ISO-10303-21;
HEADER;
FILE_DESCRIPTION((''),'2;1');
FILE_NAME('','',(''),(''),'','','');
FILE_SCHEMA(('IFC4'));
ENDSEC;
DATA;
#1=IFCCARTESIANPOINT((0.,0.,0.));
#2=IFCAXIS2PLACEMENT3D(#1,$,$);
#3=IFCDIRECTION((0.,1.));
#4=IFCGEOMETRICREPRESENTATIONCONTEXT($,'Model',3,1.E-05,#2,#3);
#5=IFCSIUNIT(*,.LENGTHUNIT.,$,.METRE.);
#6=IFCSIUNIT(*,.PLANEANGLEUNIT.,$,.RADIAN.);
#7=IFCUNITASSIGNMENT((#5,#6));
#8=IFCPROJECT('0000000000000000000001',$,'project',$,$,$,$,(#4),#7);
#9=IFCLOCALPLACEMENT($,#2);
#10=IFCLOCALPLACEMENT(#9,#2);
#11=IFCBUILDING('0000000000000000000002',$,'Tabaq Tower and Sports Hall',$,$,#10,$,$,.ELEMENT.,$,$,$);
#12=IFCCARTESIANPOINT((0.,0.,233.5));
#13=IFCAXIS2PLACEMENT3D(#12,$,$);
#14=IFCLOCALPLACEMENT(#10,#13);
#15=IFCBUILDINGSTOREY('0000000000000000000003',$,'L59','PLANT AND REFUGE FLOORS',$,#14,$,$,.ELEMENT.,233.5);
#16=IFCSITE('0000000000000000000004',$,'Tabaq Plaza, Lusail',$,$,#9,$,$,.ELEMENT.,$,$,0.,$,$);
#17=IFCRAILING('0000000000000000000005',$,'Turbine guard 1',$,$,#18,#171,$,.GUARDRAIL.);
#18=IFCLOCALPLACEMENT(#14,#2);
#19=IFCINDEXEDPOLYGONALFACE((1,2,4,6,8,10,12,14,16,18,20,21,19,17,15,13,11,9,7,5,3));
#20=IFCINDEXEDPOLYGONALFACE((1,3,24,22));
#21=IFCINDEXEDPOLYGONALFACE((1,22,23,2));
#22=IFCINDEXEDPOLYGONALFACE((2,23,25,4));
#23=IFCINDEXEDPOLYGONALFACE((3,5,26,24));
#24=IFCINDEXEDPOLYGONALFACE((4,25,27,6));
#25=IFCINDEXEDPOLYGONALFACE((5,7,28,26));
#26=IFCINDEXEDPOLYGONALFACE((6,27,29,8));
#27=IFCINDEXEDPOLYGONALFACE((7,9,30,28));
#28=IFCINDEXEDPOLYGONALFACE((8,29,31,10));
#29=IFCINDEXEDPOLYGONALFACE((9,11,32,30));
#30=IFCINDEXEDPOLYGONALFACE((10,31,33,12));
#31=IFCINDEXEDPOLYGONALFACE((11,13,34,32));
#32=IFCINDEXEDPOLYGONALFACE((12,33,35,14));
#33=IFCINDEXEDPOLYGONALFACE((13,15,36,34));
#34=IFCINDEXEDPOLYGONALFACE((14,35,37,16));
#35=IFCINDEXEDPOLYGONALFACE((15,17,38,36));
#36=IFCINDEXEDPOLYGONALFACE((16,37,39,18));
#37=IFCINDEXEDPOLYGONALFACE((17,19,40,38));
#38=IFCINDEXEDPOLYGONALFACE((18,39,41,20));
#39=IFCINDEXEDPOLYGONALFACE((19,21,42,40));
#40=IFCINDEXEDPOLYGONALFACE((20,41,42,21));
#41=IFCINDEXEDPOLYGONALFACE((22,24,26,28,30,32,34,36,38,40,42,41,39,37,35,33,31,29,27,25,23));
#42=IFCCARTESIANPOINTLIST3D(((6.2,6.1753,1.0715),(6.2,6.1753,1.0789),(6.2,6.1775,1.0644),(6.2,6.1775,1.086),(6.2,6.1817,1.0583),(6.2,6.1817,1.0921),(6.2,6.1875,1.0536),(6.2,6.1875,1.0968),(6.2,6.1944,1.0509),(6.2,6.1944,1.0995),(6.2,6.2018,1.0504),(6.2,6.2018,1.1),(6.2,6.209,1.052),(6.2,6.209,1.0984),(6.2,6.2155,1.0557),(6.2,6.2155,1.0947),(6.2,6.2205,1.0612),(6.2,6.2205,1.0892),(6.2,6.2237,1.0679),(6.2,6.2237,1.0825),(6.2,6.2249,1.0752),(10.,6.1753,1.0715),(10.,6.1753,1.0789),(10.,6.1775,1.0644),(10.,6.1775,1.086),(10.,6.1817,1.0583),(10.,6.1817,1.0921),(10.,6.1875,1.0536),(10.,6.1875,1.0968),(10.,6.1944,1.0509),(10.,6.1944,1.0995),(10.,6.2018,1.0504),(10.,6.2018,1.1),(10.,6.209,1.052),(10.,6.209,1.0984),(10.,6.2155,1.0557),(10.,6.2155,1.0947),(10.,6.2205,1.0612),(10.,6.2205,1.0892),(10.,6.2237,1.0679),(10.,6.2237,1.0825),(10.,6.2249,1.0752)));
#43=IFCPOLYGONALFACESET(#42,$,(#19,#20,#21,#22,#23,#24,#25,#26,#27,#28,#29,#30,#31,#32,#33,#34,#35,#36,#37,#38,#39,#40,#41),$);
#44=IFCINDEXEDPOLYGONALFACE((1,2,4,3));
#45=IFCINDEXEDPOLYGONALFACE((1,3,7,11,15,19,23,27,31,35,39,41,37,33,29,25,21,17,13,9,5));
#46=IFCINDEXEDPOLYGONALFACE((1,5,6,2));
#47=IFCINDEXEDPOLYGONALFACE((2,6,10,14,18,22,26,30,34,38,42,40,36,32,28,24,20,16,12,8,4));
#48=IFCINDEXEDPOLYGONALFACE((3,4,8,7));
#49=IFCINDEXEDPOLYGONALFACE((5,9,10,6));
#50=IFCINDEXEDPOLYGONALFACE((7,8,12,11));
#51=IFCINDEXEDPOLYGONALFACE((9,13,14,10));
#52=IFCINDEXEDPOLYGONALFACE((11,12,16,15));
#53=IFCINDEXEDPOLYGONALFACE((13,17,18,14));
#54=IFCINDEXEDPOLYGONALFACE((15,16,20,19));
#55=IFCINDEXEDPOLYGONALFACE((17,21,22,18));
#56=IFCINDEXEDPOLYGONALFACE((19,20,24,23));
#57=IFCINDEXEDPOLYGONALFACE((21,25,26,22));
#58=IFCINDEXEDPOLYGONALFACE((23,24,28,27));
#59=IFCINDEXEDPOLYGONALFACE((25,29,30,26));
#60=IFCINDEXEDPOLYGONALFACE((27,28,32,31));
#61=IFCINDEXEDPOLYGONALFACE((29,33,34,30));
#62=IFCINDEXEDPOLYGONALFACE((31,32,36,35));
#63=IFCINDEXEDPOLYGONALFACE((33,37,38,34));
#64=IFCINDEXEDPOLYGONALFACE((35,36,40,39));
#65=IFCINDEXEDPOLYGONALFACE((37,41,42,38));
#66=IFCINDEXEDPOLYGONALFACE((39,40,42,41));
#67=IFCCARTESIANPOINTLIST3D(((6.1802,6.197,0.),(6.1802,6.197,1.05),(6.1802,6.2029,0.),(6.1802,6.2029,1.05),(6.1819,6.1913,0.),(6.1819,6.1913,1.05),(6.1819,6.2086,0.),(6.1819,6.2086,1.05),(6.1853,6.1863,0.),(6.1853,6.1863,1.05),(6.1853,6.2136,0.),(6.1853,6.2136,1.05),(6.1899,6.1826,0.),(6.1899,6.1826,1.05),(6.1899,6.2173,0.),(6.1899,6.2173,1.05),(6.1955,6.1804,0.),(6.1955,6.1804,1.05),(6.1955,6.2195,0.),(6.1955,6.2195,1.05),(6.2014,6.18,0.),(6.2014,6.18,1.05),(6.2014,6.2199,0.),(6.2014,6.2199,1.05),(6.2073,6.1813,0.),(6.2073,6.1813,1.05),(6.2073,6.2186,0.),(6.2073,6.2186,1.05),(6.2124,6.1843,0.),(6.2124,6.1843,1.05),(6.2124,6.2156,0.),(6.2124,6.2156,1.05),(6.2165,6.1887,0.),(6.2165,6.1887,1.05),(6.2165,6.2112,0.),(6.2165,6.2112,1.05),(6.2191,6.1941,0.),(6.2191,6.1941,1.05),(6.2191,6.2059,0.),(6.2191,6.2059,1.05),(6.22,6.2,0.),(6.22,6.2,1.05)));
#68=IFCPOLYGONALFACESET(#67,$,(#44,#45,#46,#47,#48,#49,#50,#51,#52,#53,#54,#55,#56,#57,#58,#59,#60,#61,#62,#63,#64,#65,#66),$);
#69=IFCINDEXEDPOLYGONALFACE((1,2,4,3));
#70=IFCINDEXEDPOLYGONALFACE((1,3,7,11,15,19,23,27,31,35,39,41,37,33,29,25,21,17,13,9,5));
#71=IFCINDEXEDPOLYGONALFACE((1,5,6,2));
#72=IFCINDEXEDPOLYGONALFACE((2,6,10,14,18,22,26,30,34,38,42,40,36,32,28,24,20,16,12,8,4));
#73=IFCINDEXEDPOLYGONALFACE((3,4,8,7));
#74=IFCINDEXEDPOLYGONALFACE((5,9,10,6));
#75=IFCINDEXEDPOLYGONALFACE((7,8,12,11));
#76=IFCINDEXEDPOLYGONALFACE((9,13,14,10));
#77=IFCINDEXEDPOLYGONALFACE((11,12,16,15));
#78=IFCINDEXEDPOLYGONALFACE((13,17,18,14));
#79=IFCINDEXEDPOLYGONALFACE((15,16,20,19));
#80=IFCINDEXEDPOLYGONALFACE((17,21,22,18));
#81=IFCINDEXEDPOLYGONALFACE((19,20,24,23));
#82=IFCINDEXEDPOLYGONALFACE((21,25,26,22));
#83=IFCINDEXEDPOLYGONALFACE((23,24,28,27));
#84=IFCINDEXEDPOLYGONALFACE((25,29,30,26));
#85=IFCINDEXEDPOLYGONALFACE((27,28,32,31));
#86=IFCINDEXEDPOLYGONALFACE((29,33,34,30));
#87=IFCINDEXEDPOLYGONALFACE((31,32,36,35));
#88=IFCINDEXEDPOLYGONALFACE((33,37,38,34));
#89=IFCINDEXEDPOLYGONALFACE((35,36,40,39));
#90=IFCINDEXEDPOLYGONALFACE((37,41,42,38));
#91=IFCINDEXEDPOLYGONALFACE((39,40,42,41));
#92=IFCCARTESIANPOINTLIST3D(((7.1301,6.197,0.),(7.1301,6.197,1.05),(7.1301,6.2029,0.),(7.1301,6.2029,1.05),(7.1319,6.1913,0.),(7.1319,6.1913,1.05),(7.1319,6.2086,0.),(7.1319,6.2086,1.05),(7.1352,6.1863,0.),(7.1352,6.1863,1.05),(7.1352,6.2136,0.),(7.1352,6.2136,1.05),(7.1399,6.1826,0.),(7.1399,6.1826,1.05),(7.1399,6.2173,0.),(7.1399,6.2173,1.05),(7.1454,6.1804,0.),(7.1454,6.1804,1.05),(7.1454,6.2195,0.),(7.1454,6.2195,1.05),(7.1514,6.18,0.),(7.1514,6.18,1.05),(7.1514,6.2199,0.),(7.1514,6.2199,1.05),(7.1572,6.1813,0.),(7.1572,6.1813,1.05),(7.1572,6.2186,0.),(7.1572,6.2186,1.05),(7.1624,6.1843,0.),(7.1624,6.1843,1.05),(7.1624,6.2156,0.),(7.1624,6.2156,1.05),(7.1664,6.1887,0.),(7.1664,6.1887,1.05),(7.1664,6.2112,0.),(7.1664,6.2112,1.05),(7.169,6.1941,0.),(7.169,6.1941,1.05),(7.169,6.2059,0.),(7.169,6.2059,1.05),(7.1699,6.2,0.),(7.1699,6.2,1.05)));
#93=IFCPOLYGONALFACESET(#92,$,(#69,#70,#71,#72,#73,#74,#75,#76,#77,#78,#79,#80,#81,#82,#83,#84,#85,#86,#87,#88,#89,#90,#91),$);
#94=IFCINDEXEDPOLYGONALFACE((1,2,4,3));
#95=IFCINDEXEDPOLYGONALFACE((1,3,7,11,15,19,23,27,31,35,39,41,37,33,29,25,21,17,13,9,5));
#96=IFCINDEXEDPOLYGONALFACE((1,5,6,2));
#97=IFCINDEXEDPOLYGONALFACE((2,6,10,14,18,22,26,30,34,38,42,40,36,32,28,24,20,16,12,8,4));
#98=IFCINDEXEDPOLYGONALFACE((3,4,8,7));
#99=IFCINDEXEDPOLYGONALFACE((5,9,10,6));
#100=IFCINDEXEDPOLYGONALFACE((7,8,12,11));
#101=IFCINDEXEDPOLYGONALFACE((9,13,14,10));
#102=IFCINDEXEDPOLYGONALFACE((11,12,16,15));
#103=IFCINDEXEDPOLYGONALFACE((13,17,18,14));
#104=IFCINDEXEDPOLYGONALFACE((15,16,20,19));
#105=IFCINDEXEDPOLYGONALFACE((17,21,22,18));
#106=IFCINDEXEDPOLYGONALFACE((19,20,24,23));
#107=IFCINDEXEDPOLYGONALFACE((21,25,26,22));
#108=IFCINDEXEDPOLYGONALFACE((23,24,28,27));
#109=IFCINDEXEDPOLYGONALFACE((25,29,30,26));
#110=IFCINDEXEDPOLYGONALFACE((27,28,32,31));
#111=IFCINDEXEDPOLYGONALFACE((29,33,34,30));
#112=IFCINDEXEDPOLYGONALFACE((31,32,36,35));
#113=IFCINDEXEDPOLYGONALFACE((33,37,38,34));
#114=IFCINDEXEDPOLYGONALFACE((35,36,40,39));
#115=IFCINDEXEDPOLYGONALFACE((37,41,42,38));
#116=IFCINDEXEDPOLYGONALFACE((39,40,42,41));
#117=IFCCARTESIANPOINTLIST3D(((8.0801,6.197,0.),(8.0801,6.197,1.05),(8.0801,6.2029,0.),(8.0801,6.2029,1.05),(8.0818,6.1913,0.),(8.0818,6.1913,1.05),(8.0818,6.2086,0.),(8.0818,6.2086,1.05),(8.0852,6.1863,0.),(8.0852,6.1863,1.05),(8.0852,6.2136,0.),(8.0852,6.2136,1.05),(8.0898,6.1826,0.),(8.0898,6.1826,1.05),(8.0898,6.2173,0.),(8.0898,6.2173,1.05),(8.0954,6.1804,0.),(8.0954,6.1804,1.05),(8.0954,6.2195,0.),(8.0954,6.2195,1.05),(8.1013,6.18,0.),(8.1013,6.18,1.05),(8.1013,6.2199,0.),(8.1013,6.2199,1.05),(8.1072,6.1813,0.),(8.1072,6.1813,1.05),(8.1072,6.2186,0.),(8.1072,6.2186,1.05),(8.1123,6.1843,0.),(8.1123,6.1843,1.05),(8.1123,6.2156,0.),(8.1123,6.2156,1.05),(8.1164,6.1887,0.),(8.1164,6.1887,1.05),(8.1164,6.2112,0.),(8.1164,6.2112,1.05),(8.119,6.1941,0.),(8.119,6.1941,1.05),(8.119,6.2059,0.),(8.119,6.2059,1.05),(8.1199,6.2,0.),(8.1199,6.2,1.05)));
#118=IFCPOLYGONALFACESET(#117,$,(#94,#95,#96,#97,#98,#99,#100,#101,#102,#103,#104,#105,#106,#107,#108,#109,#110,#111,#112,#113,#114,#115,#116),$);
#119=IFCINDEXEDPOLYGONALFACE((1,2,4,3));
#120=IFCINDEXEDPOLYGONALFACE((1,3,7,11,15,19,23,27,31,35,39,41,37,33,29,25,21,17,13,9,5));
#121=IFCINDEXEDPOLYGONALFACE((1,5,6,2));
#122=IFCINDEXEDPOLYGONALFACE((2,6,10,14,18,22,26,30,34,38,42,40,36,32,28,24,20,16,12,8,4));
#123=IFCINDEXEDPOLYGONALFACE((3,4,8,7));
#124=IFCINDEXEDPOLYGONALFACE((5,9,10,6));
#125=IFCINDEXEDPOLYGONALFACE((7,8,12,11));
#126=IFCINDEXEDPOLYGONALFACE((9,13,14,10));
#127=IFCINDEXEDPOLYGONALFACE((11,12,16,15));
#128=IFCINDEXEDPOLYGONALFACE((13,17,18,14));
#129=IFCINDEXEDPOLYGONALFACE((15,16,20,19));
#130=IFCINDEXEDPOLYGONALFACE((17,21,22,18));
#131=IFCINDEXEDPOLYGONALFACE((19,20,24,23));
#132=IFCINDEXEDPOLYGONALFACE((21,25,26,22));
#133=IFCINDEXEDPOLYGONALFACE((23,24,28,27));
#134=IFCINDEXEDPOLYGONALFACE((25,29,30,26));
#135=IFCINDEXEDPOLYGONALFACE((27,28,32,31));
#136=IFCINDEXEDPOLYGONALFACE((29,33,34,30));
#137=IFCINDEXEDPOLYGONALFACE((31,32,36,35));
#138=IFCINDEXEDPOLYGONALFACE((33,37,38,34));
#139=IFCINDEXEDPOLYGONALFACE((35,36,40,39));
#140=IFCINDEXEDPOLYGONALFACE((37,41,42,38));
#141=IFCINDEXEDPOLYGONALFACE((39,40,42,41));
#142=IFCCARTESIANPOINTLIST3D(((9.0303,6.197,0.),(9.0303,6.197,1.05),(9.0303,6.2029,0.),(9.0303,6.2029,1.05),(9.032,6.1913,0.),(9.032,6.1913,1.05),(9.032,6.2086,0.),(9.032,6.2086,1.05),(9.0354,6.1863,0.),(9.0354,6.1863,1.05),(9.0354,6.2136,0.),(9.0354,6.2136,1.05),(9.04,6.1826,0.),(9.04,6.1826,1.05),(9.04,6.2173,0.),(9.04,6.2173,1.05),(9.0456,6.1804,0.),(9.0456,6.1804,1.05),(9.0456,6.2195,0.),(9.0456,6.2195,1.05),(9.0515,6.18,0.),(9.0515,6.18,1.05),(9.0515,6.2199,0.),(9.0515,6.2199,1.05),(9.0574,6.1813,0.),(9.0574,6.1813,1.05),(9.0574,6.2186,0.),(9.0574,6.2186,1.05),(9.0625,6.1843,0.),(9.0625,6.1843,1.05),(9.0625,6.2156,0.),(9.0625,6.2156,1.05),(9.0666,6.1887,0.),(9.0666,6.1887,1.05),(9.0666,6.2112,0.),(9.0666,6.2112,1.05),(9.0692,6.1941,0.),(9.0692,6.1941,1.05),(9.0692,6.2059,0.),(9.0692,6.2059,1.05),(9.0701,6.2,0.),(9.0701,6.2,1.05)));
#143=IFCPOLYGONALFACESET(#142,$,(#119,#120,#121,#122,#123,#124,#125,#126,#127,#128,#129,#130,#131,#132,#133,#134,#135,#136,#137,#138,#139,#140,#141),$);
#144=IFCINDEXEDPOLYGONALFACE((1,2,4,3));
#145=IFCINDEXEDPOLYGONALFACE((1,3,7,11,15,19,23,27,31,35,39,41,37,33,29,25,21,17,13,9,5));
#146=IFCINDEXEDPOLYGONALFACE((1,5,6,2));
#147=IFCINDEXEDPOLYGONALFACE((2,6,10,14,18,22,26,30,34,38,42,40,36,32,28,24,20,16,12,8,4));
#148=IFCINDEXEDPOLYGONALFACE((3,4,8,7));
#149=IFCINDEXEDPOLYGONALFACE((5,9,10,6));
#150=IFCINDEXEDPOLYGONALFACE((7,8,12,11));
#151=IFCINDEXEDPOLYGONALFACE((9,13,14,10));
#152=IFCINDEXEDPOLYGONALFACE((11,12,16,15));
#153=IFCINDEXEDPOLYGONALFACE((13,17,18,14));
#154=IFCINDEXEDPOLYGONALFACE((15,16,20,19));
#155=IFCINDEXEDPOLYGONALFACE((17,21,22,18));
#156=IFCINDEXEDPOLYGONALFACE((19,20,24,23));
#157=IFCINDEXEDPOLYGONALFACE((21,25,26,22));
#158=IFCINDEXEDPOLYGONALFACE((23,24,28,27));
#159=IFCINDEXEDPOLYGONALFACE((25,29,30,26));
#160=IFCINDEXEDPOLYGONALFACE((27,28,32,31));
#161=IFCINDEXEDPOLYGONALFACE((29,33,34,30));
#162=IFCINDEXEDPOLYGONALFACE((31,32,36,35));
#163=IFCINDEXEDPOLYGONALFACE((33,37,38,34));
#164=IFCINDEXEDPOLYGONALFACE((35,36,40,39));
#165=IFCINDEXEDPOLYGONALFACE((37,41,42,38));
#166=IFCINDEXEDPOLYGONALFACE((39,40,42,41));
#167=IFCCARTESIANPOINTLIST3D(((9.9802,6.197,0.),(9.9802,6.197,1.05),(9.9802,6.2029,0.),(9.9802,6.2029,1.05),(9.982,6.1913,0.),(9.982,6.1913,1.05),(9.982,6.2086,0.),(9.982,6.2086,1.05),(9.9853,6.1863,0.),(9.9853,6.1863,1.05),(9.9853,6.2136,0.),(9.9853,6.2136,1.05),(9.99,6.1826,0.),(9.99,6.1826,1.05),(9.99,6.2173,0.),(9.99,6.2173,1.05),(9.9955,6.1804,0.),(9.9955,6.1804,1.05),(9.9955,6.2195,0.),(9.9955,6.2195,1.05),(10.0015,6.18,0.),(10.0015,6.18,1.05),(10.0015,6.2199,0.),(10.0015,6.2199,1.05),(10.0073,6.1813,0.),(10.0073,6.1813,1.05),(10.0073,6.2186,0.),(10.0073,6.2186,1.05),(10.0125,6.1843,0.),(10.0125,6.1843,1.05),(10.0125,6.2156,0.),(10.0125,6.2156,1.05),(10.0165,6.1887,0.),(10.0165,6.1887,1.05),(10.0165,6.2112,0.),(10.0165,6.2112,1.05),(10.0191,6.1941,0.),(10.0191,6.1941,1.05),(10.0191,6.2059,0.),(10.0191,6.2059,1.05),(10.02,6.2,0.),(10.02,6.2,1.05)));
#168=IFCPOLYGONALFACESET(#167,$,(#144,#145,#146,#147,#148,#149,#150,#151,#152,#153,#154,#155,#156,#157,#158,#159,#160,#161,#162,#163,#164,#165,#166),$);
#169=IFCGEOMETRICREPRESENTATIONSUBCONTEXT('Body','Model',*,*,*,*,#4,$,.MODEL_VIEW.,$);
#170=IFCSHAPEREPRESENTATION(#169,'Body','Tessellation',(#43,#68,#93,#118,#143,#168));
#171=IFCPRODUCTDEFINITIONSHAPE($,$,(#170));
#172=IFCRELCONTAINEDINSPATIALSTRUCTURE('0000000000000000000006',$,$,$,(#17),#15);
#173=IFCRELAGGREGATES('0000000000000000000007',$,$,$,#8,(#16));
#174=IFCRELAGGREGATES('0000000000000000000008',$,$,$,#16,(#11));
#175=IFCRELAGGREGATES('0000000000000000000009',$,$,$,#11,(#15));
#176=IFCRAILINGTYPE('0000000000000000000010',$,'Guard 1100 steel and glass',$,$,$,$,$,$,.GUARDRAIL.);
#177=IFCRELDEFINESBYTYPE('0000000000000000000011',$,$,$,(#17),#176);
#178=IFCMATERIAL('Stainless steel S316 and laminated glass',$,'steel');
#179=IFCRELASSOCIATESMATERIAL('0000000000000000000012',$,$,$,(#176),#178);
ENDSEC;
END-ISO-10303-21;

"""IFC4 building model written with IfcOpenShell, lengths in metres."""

from ifc_helpers import new_model, si_unit, direction, frame, origin, origin_2d, place, context, subcontext, project, spatial, circle, extrude, material, type_object, element, save


model = new_model("IFC4")

# Units and contexts
model_context = context("Model", 3, precision=1e-05, world=origin(), true_north=direction((0.0, 1.0)))
body_context = subcontext(model_context, "Body", "Model", "MODEL_VIEW")
ifc_project = project(units=[si_unit("LENGTHUNIT", "METRE"), si_unit("PLANEANGLEUNIT", "RADIAN")], contexts=[model_context])

# Site, building, storey
site_placement = place(None, origin())
site = spatial("IfcSite", under=ifc_project, at=site_placement, Name="Tabaq Plaza, Lusail", CompositionType="ELEMENT", RefElevation=0.0)
building_placement = place(site_placement, origin())
building = spatial("IfcBuilding", under=site, at=building_placement, Name="Tabaq Tower and Sports Hall", CompositionType="ELEMENT")
storey_placement = place(building_placement, frame((0.0, 0.0, 233.5)))
storey = spatial("IfcBuildingStorey", under=building, at=storey_placement, Name="L59", Description="PLANT AND REFUGE FLOORS", CompositionType="ELEMENT", Elevation=233.5)

# Railing
ifc_material_1 = material(Name="Stainless steel S316 and laminated glass", Category="steel")
railing_type = type_object("IfcRailingType", Name="Guard 1100 steel and glass", PredefinedType="GUARDRAIL", material=ifc_material_1)
railing_1_placement = place(storey_placement, frame((6.2, 6.2, 0.0)))
element("IfcRailing", 1, at=railing_1_placement, inside=storey, type_object=railing_type, Name="Turbine guard 1", PredefinedType="GUARDRAIL", context=body_context, shape_type="SweptSolid", body=[
    extrude(circle(Radius=0.0249, at=origin_2d()), frame((0.0, 0.0, 1.0752), z_axis=(1.0, 0.0, 0.0), x_axis=(0.0, 1.0, 0.0)), (0.0, 0.0, 1.0), 3.8),
    extrude(circle(Radius=0.02, at=origin_2d()), origin(), (0.0, 0.0, 1.0), 1.05),
    extrude(circle(Radius=0.02, at=origin_2d()), frame((0.95, 0.0, 0.0)), (0.0, 0.0, 1.0), 1.05),
    extrude(circle(Radius=0.02, at=origin_2d()), frame((1.8999, 0.0, 0.0)), (0.0, 0.0, 1.0), 1.05),
    extrude(circle(Radius=0.02, at=origin_2d()), frame((2.8501, 0.0, 0.0)), (0.0, 0.0, 1.0), 1.05),
    extrude(circle(Radius=0.02, at=origin_2d()), frame((3.8, 0.0, 0.0)), (0.0, 0.0, 1.0), 1.05),
])

save(model, "model.ifc")
